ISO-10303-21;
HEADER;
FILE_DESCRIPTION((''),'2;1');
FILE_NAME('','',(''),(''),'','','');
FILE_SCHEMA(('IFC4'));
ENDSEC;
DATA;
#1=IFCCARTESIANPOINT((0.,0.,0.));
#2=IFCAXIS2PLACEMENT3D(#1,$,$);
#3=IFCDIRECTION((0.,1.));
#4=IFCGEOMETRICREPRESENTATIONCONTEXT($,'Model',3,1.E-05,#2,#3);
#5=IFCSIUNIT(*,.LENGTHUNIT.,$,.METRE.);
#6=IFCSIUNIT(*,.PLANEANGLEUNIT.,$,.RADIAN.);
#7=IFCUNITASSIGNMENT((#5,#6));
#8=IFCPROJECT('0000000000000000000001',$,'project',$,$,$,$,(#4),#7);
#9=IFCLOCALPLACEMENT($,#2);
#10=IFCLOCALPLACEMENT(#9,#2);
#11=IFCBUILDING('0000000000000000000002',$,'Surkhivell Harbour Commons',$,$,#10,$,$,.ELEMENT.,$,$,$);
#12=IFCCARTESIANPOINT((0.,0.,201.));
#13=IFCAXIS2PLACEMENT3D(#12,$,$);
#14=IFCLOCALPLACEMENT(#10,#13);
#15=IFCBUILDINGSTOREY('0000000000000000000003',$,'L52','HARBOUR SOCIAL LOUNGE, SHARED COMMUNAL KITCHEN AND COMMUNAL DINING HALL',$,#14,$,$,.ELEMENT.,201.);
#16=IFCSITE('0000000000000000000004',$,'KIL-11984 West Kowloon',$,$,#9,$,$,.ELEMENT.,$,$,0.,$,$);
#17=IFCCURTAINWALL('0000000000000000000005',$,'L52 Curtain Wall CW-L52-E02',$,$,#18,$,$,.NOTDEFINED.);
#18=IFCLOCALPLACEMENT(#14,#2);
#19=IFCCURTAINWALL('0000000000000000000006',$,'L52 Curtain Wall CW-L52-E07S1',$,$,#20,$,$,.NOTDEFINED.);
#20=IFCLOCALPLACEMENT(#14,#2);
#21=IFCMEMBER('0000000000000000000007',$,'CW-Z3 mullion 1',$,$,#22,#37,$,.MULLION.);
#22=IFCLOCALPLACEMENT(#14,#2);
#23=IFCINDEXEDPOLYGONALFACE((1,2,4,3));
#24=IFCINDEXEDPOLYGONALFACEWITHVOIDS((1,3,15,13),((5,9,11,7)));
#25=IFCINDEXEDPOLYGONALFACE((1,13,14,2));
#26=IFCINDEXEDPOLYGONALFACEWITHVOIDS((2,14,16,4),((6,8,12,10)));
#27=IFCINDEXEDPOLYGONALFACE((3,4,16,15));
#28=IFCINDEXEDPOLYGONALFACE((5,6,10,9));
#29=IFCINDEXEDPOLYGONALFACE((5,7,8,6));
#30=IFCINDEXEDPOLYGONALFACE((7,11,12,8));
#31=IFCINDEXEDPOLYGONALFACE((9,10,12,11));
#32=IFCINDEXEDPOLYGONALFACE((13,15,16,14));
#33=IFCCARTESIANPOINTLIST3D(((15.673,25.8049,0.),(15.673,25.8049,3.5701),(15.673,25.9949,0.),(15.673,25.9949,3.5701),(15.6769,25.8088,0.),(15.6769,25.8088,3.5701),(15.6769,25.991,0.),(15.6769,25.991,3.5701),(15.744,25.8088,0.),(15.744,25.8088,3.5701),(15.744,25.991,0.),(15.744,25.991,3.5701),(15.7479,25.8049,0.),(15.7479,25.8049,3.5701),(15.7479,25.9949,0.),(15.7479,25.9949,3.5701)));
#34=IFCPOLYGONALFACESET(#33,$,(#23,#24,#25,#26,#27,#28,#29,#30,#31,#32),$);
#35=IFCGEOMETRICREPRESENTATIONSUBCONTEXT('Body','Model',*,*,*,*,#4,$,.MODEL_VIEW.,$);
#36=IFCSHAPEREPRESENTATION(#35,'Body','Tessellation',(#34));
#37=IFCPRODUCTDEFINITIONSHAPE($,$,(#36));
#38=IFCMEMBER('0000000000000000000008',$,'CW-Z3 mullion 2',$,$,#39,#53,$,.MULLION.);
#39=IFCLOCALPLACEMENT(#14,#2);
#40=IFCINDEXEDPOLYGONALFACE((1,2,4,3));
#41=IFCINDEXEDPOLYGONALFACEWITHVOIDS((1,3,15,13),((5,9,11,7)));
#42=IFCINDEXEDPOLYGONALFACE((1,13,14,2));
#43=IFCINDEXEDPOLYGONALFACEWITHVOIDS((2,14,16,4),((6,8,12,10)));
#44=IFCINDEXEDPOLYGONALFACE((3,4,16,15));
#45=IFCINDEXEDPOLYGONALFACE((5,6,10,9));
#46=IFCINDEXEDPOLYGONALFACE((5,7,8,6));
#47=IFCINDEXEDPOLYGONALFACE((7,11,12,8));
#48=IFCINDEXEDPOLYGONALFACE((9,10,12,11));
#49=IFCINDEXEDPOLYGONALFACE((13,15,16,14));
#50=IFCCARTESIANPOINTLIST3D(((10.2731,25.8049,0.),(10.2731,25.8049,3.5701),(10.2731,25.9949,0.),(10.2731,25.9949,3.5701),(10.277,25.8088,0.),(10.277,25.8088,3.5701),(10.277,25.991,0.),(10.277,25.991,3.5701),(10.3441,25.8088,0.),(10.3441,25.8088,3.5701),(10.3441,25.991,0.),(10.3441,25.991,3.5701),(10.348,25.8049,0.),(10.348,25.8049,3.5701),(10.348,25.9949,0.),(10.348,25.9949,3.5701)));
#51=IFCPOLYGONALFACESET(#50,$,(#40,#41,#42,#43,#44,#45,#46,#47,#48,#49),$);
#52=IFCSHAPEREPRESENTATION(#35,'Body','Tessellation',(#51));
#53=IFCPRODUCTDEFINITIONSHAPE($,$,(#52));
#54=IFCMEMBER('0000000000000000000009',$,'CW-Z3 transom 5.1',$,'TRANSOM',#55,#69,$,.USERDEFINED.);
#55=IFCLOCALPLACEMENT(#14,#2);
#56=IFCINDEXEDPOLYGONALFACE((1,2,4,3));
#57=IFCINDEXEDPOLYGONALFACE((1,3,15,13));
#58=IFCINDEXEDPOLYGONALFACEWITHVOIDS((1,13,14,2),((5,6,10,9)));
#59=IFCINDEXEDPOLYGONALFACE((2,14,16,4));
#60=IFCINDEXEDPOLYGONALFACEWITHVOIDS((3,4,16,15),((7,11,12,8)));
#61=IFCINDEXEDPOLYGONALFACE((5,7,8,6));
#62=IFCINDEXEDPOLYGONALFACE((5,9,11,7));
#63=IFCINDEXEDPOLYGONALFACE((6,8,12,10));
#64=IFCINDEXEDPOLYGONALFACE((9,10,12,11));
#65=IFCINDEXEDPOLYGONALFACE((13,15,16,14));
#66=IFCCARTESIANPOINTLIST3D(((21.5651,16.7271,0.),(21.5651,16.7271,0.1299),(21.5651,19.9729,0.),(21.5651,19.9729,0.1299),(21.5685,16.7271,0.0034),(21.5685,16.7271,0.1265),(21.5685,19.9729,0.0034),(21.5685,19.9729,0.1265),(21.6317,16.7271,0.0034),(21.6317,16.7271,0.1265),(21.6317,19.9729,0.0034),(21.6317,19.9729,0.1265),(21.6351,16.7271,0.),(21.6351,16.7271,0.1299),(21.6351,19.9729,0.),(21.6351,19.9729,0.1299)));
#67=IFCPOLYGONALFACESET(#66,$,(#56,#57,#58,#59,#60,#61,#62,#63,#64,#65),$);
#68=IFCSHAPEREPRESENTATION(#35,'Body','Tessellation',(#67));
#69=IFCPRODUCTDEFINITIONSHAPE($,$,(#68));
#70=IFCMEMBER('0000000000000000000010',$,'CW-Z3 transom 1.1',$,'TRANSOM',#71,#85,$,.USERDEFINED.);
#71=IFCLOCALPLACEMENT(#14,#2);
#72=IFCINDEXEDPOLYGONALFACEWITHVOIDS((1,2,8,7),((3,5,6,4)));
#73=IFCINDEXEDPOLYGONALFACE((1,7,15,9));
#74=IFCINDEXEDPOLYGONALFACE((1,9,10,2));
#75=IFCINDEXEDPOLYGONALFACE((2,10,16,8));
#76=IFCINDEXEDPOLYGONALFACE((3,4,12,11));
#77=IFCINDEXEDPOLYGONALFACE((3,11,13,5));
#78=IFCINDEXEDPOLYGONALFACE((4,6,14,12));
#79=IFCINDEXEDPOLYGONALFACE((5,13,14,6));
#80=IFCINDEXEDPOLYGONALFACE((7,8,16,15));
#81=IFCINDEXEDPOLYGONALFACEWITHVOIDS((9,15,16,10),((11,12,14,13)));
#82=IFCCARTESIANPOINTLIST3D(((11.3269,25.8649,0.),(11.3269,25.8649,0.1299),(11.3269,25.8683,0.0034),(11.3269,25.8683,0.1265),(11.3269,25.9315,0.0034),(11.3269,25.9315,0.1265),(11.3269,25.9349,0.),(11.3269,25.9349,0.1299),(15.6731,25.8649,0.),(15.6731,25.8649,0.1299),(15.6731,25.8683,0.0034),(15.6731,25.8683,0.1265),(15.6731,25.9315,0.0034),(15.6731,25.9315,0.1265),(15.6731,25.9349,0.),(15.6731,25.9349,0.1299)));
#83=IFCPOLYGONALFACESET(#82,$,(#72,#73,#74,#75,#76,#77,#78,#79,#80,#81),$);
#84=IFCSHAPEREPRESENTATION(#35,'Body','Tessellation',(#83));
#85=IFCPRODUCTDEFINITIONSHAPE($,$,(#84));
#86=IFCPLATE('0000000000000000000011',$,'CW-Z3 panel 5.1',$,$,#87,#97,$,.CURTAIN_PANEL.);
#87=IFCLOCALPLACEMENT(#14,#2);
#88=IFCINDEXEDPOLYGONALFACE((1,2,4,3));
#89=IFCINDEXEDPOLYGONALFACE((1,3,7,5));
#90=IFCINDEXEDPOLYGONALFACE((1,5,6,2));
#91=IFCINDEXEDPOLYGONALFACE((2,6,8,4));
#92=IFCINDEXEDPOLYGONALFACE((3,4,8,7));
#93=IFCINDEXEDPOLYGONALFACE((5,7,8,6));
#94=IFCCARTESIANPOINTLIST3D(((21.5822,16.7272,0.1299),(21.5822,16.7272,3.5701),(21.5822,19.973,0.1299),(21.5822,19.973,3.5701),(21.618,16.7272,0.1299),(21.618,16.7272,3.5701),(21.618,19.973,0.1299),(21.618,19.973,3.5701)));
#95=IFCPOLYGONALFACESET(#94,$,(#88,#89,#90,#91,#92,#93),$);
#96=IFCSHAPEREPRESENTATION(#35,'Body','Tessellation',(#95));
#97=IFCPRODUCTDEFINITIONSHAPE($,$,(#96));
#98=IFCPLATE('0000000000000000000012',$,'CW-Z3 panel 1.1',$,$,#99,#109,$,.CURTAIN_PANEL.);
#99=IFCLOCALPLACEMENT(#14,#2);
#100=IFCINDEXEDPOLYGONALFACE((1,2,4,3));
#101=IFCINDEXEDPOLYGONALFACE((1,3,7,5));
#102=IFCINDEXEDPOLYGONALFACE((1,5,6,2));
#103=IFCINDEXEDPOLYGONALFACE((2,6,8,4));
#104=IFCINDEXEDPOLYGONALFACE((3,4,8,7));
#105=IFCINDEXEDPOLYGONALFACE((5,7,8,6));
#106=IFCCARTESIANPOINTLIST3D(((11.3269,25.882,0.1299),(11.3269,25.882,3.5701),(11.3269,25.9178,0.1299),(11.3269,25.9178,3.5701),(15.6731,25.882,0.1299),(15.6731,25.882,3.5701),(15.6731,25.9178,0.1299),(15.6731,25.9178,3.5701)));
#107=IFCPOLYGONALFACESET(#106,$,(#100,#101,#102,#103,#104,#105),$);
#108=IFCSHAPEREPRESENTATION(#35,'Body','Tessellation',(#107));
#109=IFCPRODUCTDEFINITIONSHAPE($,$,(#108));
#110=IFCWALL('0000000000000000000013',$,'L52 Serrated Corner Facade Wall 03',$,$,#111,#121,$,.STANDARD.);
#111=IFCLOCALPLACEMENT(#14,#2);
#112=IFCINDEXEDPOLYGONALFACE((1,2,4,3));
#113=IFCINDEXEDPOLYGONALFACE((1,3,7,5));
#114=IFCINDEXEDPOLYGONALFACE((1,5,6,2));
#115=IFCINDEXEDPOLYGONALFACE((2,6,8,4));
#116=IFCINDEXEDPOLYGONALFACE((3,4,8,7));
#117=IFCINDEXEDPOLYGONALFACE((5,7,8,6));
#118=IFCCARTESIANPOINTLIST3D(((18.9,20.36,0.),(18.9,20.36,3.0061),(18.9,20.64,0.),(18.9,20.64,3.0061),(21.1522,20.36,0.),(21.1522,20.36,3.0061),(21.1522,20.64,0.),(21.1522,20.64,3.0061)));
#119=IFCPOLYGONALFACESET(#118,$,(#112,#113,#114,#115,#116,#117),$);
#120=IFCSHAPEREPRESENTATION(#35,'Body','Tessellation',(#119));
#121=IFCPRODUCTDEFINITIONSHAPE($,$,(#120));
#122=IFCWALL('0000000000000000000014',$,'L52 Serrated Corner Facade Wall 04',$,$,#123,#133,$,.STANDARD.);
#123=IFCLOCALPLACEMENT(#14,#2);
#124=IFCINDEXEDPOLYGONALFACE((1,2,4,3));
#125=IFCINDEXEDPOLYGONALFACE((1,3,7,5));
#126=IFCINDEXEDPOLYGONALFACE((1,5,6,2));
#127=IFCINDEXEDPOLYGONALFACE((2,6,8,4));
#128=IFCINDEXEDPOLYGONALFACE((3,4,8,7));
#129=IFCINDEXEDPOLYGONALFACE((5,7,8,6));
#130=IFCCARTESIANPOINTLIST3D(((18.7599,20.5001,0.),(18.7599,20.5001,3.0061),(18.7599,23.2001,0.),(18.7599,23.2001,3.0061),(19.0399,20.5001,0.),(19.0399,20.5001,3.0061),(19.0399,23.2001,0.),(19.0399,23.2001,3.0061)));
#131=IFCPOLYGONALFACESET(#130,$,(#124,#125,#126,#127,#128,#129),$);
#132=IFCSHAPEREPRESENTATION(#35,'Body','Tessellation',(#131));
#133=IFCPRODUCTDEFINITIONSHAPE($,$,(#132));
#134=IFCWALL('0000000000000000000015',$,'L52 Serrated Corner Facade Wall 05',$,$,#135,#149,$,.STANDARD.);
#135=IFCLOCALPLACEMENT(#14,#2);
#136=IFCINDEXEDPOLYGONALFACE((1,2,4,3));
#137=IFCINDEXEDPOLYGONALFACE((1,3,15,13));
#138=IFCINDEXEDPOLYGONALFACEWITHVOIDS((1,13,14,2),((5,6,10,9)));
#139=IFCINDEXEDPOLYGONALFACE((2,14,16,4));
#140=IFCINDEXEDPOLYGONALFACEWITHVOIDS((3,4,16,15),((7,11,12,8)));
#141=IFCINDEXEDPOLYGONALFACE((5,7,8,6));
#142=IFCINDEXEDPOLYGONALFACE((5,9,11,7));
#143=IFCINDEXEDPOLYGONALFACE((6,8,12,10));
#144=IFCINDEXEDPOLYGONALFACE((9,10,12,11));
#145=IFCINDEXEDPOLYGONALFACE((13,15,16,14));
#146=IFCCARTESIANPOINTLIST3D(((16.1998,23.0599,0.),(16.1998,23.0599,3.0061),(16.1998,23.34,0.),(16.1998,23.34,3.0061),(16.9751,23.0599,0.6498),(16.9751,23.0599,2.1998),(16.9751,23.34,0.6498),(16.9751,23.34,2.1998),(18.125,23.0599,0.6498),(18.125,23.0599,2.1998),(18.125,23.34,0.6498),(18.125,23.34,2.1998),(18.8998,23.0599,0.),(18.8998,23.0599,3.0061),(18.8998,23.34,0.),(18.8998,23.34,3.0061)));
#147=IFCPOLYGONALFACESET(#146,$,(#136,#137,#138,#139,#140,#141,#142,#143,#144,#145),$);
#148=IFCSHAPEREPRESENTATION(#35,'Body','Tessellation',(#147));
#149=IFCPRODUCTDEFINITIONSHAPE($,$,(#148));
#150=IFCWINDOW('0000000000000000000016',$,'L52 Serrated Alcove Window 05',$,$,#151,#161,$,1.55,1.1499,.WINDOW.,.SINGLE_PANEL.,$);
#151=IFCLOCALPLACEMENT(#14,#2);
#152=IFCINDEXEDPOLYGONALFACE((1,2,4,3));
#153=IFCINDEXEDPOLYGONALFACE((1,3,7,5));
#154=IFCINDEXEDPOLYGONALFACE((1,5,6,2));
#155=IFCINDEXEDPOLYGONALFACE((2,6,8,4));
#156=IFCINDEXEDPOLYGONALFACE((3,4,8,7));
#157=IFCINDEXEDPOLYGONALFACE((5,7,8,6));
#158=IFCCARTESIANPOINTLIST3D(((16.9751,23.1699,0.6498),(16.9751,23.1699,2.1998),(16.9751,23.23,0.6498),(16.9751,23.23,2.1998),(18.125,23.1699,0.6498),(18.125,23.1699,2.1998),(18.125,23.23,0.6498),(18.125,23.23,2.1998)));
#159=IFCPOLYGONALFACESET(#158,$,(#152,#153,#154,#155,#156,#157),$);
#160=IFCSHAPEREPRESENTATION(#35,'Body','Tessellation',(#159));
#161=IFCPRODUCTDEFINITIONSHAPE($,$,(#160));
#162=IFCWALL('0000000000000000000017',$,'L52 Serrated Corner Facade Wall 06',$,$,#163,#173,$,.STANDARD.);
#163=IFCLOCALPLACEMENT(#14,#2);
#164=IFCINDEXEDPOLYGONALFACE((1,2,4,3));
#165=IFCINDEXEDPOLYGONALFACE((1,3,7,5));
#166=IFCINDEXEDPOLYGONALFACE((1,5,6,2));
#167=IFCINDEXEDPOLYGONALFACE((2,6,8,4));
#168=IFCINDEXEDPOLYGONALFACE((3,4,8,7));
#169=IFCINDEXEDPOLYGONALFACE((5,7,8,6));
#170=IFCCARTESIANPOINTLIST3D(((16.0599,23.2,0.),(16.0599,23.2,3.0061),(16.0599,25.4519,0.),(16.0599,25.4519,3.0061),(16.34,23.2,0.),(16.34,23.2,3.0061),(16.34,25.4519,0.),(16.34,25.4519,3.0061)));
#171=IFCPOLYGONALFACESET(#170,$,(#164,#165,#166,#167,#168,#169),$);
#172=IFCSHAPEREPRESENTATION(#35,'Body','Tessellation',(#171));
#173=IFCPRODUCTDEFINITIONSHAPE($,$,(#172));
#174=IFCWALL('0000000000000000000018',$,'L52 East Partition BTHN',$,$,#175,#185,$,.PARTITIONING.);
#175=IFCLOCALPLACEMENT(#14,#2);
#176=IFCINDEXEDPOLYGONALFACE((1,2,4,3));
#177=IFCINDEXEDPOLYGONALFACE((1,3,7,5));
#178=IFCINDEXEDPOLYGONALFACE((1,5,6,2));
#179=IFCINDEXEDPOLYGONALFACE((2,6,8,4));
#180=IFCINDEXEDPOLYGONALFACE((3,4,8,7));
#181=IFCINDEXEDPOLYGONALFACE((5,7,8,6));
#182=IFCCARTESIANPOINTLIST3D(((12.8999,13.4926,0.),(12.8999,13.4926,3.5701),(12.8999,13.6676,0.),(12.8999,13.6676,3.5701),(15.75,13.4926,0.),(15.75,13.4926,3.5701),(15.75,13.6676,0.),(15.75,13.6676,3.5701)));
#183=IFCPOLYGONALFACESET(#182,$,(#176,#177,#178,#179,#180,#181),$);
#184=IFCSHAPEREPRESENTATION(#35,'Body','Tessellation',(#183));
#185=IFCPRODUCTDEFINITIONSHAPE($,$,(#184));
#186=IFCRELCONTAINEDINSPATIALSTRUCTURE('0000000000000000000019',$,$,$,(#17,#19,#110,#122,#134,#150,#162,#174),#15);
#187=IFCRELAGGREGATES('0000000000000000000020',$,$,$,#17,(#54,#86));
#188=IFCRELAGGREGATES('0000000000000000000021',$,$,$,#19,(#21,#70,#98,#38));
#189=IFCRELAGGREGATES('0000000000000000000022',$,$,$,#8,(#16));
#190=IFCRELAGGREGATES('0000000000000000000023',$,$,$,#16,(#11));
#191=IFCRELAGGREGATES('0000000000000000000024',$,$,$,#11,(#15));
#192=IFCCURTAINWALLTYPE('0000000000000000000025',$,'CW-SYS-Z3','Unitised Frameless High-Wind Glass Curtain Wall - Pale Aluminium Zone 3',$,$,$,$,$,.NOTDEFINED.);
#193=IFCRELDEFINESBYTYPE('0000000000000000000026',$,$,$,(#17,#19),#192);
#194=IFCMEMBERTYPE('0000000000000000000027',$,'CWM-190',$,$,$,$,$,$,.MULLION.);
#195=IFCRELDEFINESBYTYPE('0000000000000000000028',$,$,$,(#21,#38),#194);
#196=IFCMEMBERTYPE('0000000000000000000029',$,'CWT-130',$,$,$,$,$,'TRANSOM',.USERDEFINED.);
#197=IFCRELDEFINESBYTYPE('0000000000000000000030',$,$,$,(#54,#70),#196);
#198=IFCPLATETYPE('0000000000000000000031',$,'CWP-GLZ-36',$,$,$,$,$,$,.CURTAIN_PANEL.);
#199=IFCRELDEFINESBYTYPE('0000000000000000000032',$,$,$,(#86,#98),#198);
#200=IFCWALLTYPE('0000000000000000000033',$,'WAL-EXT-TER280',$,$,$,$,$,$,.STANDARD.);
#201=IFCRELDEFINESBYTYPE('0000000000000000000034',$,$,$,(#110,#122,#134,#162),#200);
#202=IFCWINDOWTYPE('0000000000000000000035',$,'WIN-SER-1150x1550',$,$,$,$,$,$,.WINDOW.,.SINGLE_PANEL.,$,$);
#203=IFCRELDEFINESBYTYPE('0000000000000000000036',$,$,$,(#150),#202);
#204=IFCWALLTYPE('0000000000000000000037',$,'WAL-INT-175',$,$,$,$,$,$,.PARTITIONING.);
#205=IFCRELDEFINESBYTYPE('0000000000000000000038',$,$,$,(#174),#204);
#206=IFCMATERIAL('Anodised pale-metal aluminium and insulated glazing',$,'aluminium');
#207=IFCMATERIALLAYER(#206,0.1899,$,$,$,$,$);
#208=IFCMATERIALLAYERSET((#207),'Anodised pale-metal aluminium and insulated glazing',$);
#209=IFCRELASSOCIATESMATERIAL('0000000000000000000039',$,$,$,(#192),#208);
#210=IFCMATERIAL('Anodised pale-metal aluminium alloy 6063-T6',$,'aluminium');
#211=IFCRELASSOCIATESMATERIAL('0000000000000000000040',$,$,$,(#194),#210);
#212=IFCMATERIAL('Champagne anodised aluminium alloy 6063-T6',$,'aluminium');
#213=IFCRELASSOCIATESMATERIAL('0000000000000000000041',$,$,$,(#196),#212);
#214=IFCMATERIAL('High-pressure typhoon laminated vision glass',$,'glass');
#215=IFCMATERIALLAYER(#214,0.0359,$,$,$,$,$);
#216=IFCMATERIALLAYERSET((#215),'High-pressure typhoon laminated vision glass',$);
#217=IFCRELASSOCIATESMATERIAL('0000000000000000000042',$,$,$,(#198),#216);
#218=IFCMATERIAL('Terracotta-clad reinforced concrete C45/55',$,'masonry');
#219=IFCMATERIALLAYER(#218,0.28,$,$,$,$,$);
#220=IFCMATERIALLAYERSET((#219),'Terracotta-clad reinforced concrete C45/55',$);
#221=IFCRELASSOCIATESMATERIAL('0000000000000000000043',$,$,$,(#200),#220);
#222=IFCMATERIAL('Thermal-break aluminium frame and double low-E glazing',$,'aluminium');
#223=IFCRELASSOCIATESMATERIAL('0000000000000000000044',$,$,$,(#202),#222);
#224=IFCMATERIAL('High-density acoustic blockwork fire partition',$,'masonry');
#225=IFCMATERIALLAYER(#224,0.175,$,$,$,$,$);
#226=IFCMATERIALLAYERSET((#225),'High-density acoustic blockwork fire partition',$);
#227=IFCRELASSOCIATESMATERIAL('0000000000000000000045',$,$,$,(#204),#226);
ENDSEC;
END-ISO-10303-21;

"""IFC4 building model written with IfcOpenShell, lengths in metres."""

from ifc_helpers import new_model, si_unit, direction, frame, frame_2d, origin, origin_2d, place, context, subcontext, project, spatial, rectangle, hollow_rectangle, extrude, material, layer, layer_set, material_profile, profile_set, type_object, element, fill, aggregate, save


model = new_model("IFC4")

# Units and contexts
model_context = context("Model", 3, precision=1e-05, world=origin(), true_north=direction((0.0, 1.0)))
body_context = subcontext(model_context, "Body", "Model", "MODEL_VIEW")
ifc_project = project(units=[si_unit("LENGTHUNIT", "METRE"), si_unit("PLANEANGLEUNIT", "RADIAN")], contexts=[model_context])

# Site, building, storey
site_placement = place(None, origin())
site = spatial("IfcSite", under=ifc_project, at=site_placement, Name="KIL-11984 West Kowloon", CompositionType="ELEMENT", RefElevation=0.0)
building_placement = place(site_placement, origin())
building = spatial("IfcBuilding", under=site, at=building_placement, Name="Surkhivell Harbour Commons", CompositionType="ELEMENT")
storey_placement = place(building_placement, frame((0.0, 0.0, 201.0)))
storey = spatial("IfcBuildingStorey", under=building, at=storey_placement, Name="L52", Description="HARBOUR SOCIAL LOUNGE, SHARED COMMUNAL KITCHEN AND COMMUNAL DINING HALL", CompositionType="ELEMENT", Elevation=201.0)

# Curtain walls, members
ifc_material_1 = material(Name="Anodised pale-metal aluminium and insulated glazing", Category="aluminium")
ifc_layer_1 = layer(ifc_material_1, 0.1899)
ifc_layer_set_1 = layer_set([ifc_layer_1], Name="Anodised pale-metal aluminium and insulated glazing")
curtain_wall_type = type_object("IfcCurtainWallType", Name="CW-SYS-Z3", Description="Unitised Frameless High-Wind Glass Curtain Wall - Pale Aluminium Zone 3", PredefinedType="NOTDEFINED", material=ifc_layer_set_1)
curtain_wall_1_placement = place(storey_placement, origin())
curtain_wall_1 = element("IfcCurtainWall", 1, at=curtain_wall_1_placement, inside=storey, type_object=curtain_wall_type, Name="L52 Curtain Wall CW-L52-E02", PredefinedType="NOTDEFINED")
ifc_material_2 = material(Name="Anodised pale-metal aluminium alloy 6063-T6", Category="aluminium")
ifc_material_profile_1 = material_profile(ifc_material_2, hollow_rectangle(XDim=0.075, YDim=0.1899, WallThickness=0.0039, at=origin_2d()), Name="ALU-MULL-75x190")
ifc_profile_set_1 = profile_set([ifc_material_profile_1], Name="Anodised pale-metal aluminium alloy 6063-T6")
member_type_1 = type_object("IfcMemberType", Name="CWM-190", PredefinedType="MULLION", material=ifc_profile_set_1)
curtain_wall_2_placement = place(storey_placement, origin())
curtain_wall_2 = element("IfcCurtainWall", 2, at=curtain_wall_2_placement, inside=storey, type_object=curtain_wall_type, Name="L52 Curtain Wall CW-L52-E07S1", PredefinedType="NOTDEFINED")
member_1_placement = place(storey_placement, frame((15.7104, 25.8999, 0.0), z_axis=(0.0, 0.0, 1.0), x_axis=(-1.0, 0.0, 0.0)))
member_1 = element("IfcMember", 3, at=member_1_placement, type_object=member_type_1, Name="CW-Z3 mullion 1", PredefinedType="MULLION", context=body_context, shape_type="SweptSolid", body=[
    extrude(hollow_rectangle(XDim=0.075, YDim=0.1899, WallThickness=0.0039, at=origin_2d()), origin(), (0.0, 0.0, 1.0), 3.5701),
])
member_2_placement = place(storey_placement, frame((10.3105, 25.8999, 0.0), z_axis=(0.0, 0.0, 1.0), x_axis=(-1.0, 0.0, 0.0)))
member_2 = element("IfcMember", 4, at=member_2_placement, type_object=member_type_1, Name="CW-Z3 mullion 2", PredefinedType="MULLION", context=body_context, shape_type="SweptSolid", body=[
    extrude(hollow_rectangle(XDim=0.075, YDim=0.1899, WallThickness=0.0039, at=origin_2d()), origin(), (0.0, 0.0, 1.0), 3.5701),
])

# Members
ifc_material_3 = material(Name="Champagne anodised aluminium alloy 6063-T6", Category="aluminium")
ifc_material_profile_2 = material_profile(ifc_material_3, hollow_rectangle(XDim=0.0701, YDim=0.1299, WallThickness=0.0034, at=origin_2d()), Name="ALU-TRAN-70x130")
ifc_profile_set_2 = profile_set([ifc_material_profile_2], Name="Champagne anodised aluminium alloy 6063-T6")
member_type_2 = type_object("IfcMemberType", Name="CWT-130", ElementType="TRANSOM", PredefinedType="USERDEFINED", material=ifc_profile_set_2)
member_3_placement = place(storey_placement, frame((21.6001, 16.7271, 0.0649), z_axis=(0.0, 1.0, 0.0), x_axis=(-1.0, 0.0, 0.0)))
member_3 = element("IfcMember", 5, at=member_3_placement, type_object=member_type_2, Name="CW-Z3 transom 5.1", ObjectType="TRANSOM", PredefinedType="USERDEFINED", context=body_context, shape_type="SweptSolid", body=[
    extrude(hollow_rectangle(XDim=0.0701, YDim=0.1299, WallThickness=0.0034, at=origin_2d()), origin(), (0.0, 0.0, 1.0), 3.2458),
])
member_4_placement = place(storey_placement, frame((15.6731, 25.8999, 0.0649), z_axis=(-1.0, 0.0, 0.0), x_axis=(0.0, -1.0, 0.0)))
member_4 = element("IfcMember", 6, at=member_4_placement, type_object=member_type_2, Name="CW-Z3 transom 1.1", ObjectType="TRANSOM", PredefinedType="USERDEFINED", context=body_context, shape_type="SweptSolid", body=[
    extrude(hollow_rectangle(XDim=0.0701, YDim=0.1299, WallThickness=0.0034, at=origin_2d()), origin(), (0.0, 0.0, 1.0), 4.3462),
])

# Plates
ifc_material_4 = material(Name="High-pressure typhoon laminated vision glass", Category="glass")
ifc_layer_2 = layer(ifc_material_4, 0.0359)
ifc_layer_set_2 = layer_set([ifc_layer_2], Name="High-pressure typhoon laminated vision glass")
plate_type = type_object("IfcPlateType", Name="CWP-GLZ-36", PredefinedType="CURTAIN_PANEL", material=ifc_layer_set_2)
plate_1_placement = place(storey_placement, frame((21.6001, 16.7271, 0.1299), z_axis=(0.0, 0.0, 1.0), x_axis=(0.0, 1.0, 0.0)))
plate_1 = element("IfcPlate", 7, at=plate_1_placement, type_object=plate_type, Name="CW-Z3 panel 5.1", PredefinedType="CURTAIN_PANEL", context=body_context, shape_type="SweptSolid", body=[
    extrude(rectangle(XDim=3.2458, YDim=0.0359, at=frame_2d((1.623, 0.0))), origin(), (0.0, 0.0, 1.0), 3.4402),
])
aggregate(curtain_wall_1, [member_3, plate_1])
plate_2_placement = place(storey_placement, frame((15.6731, 25.8999, 0.1299), z_axis=(0.0, 0.0, 1.0), x_axis=(-1.0, 0.0, 0.0)))
plate_2 = element("IfcPlate", 8, at=plate_2_placement, type_object=plate_type, Name="CW-Z3 panel 1.1", PredefinedType="CURTAIN_PANEL", context=body_context, shape_type="SweptSolid", body=[
    extrude(rectangle(XDim=4.3462, YDim=0.0359, at=frame_2d((2.1731, 0.0))), origin(), (0.0, 0.0, 1.0), 3.4402),
])
aggregate(curtain_wall_2, [member_1, member_4, plate_2, member_2])

# Walls
ifc_material_5 = material(Name="Terracotta-clad reinforced concrete C45/55", Category="masonry")
ifc_layer_3 = layer(ifc_material_5, 0.28)
ifc_layer_set_3 = layer_set([ifc_layer_3], Name="Terracotta-clad reinforced concrete C45/55")
wall_type_1 = type_object("IfcWallType", Name="WAL-EXT-TER280", PredefinedType="STANDARD", material=ifc_layer_set_3)
wall_1_placement = place(storey_placement, frame((21.1521, 20.5, 0.0), z_axis=(0.0, 0.0, 1.0), x_axis=(-1.0, 0.0, 0.0)))
element("IfcWall", 9, at=wall_1_placement, inside=storey, type_object=wall_type_1, Name="L52 Serrated Corner Facade Wall 03", PredefinedType="STANDARD", context=body_context, shape_type="SweptSolid", body=[
    extrude(rectangle(XDim=2.2522, YDim=0.28, at=frame_2d((1.126, 0.0))), origin(), (0.0, 0.0, 1.0), 3.0061),
])
wall_2_placement = place(storey_placement, frame((18.8999, 20.5, 0.0), z_axis=(0.0, 0.0, 1.0), x_axis=(0.0, 1.0, 0.0)))
element("IfcWall", 10, at=wall_2_placement, inside=storey, type_object=wall_type_1, Name="L52 Serrated Corner Facade Wall 04", PredefinedType="STANDARD", context=body_context, shape_type="SweptSolid", body=[
    extrude(rectangle(XDim=2.7, YDim=0.28, at=frame_2d((1.3501, 0.0))), origin(), (0.0, 0.0, 1.0), 3.0061),
])

# Wall, opening, window
wall_3_placement = place(storey_placement, frame((18.8999, 23.2, 0.0), z_axis=(0.0, 0.0, 1.0), x_axis=(-1.0, 0.0, 0.0)))
wall_3 = element("IfcWall", 11, at=wall_3_placement, inside=storey, type_object=wall_type_1, Name="L52 Serrated Corner Facade Wall 05", PredefinedType="STANDARD", context=body_context, shape_type="SweptSolid", body=[
    extrude(rectangle(XDim=2.7, YDim=0.28, at=frame_2d((1.3501, 0.0))), origin(), (0.0, 0.0, 1.0), 3.0061),
])
opening_placement = place(wall_3_placement, frame((0.7749, 0.0, 0.6499)))
opening = element("IfcOpeningElement", 12, at=opening_placement, cuts=wall_3, PredefinedType="OPENING", context=body_context, shape_type="SweptSolid", body=[
    extrude(rectangle(XDim=1.1499, YDim=1.55, at=frame_2d((0.575, 0.7749))), frame((0.0, 0.1499, 0.0), z_axis=(0.0, -1.0, 0.0), x_axis=(1.0, 0.0, 0.0)), (0.0, 0.0, 1.0), 0.3),
])
ifc_material_6 = material(Name="Thermal-break aluminium frame and double low-E glazing", Category="aluminium")
window_type = type_object("IfcWindowType", Name="WIN-SER-1150x1550", PartitioningType="SINGLE_PANEL", PredefinedType="WINDOW", material=ifc_material_6)
window_placement = place(opening_placement, origin())
window = element("IfcWindow", 13, at=window_placement, inside=storey, type_object=window_type, Name="L52 Serrated Alcove Window 05", OverallHeight=1.55, OverallWidth=1.1499, PartitioningType="SINGLE_PANEL", PredefinedType="WINDOW", context=body_context, shape_type="SweptSolid", body=[
    extrude(rectangle(XDim=1.1499, YDim=1.55, at=frame_2d((0.575, 0.7749))), frame((0.0, 0.03, 0.0), z_axis=(0.0, -1.0, 0.0), x_axis=(1.0, 0.0, 0.0)), (0.0, 0.0, 1.0), 0.0601),
])
fill(opening, window)

# Walls
wall_4_placement = place(storey_placement, frame((16.2, 23.2, 0.0), z_axis=(0.0, 0.0, 1.0), x_axis=(0.0, 1.0, 0.0)))
element("IfcWall", 14, at=wall_4_placement, inside=storey, type_object=wall_type_1, Name="L52 Serrated Corner Facade Wall 06", PredefinedType="STANDARD", context=body_context, shape_type="SweptSolid", body=[
    extrude(rectangle(XDim=2.252, YDim=0.28, at=frame_2d((1.126, 0.0))), origin(), (0.0, 0.0, 1.0), 3.0061),
])
ifc_material_7 = material(Name="High-density acoustic blockwork fire partition", Category="masonry")
ifc_layer_4 = layer(ifc_material_7, 0.175)
ifc_layer_set_4 = layer_set([ifc_layer_4], Name="High-density acoustic blockwork fire partition")
wall_type_2 = type_object("IfcWallType", Name="WAL-INT-175", PredefinedType="PARTITIONING", material=ifc_layer_set_4)
wall_5_placement = place(storey_placement, frame((12.8999, 13.5801, 0.0), z_axis=(0.0, 0.0, 1.0), x_axis=(1.0, 0.0, 0.0)))
element("IfcWall", 15, at=wall_5_placement, inside=storey, type_object=wall_type_2, Name="L52 East Partition BTHN", PredefinedType="PARTITIONING", context=body_context, shape_type="SweptSolid", body=[
    extrude(rectangle(XDim=2.8501, YDim=0.175, at=frame_2d((1.425, 0.0))), origin(), (0.0, 0.0, 1.0), 3.5701),
])

save(model, "model.ifc")
